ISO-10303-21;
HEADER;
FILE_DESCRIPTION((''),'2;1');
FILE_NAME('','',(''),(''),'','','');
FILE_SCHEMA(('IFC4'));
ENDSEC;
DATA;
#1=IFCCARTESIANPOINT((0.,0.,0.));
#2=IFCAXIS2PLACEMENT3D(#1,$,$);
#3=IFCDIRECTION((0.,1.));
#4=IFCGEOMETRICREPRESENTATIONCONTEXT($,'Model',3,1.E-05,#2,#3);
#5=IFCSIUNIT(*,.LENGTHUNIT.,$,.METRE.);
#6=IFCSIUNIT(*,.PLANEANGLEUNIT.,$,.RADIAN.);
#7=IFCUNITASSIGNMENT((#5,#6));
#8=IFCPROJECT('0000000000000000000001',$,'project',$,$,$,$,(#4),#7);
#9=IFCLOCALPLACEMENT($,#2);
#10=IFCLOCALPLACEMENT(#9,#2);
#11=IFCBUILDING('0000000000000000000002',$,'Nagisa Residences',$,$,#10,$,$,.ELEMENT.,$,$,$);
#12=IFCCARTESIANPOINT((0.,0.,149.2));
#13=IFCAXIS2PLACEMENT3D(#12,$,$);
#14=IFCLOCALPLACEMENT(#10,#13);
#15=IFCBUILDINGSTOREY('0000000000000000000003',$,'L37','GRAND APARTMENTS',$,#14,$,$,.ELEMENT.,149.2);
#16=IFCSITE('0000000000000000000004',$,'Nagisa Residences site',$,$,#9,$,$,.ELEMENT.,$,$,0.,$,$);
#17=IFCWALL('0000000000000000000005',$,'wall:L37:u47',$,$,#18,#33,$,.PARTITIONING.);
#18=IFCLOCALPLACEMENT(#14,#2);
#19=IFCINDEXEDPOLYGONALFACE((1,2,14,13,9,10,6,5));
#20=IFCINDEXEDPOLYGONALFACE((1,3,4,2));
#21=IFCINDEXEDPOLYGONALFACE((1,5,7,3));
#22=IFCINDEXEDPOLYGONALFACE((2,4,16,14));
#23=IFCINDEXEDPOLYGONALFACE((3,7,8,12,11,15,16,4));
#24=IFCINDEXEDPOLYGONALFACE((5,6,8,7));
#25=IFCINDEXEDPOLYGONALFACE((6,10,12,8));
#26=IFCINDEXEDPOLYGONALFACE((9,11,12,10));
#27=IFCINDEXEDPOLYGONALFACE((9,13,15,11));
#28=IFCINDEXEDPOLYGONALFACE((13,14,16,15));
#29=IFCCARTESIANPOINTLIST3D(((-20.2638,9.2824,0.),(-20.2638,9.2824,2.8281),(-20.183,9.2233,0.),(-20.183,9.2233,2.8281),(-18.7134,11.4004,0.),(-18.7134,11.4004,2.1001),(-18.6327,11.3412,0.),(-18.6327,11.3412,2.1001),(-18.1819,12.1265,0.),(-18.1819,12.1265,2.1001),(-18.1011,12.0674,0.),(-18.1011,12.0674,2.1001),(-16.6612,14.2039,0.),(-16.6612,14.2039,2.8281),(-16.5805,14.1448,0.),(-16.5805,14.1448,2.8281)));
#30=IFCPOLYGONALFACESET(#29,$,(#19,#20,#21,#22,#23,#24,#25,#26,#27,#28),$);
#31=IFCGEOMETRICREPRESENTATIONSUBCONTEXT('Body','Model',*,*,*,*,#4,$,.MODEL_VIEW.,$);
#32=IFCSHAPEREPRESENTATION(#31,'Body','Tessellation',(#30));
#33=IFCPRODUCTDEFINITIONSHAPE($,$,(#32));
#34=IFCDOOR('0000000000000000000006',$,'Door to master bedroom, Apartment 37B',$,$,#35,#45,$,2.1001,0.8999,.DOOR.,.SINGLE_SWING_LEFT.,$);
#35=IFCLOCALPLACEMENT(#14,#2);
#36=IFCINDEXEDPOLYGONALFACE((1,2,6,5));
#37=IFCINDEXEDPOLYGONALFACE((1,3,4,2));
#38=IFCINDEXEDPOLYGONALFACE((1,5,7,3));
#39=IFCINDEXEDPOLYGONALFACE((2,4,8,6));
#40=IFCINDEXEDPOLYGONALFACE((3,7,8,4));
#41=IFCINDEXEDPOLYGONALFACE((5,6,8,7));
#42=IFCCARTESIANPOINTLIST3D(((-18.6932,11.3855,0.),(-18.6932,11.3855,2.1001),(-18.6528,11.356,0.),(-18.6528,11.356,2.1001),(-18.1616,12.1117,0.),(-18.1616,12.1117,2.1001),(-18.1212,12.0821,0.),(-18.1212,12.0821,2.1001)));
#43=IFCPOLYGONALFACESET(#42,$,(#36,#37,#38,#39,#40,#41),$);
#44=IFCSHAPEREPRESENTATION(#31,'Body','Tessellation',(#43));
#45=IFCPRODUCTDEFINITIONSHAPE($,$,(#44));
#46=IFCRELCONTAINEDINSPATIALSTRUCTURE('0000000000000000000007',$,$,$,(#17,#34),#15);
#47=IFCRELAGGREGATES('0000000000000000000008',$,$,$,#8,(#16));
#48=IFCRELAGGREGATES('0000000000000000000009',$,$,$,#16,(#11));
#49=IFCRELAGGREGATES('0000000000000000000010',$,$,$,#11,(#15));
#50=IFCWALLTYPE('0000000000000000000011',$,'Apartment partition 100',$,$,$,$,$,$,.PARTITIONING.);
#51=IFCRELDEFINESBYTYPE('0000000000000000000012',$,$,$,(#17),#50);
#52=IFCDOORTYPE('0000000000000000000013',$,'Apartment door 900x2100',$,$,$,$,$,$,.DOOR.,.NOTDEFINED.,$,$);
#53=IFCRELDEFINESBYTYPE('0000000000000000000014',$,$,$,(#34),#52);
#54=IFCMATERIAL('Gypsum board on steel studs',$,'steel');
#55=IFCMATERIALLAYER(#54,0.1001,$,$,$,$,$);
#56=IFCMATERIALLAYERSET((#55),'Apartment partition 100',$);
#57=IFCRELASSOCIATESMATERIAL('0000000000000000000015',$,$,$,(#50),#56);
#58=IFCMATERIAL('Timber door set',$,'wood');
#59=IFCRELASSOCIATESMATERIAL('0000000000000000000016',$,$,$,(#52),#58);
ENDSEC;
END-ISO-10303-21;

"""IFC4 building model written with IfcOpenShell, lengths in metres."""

from ifc_helpers import new_model, si_unit, direction, frame, frame_2d, origin, place, context, subcontext, project, spatial, rectangle, extrude, material, layer, layer_set, type_object, element, fill, save


model = new_model("IFC4")

# Units and contexts
model_context = context("Model", 3, precision=1e-05, world=origin(), true_north=direction((0.0, 1.0)))
body_context = subcontext(model_context, "Body", "Model", "MODEL_VIEW")
ifc_project = project(units=[si_unit("LENGTHUNIT", "METRE"), si_unit("PLANEANGLEUNIT", "RADIAN")], contexts=[model_context])

# Site, building, storey
site_placement = place(None, origin())
site = spatial("IfcSite", under=ifc_project, at=site_placement, Name="Nagisa Residences site", CompositionType="ELEMENT", RefElevation=0.0)
building_placement = place(site_placement, origin())
building = spatial("IfcBuilding", under=site, at=building_placement, Name="Nagisa Residences", CompositionType="ELEMENT")
storey_placement = place(building_placement, frame((0.0, 0.0, 149.2)))
storey = spatial("IfcBuildingStorey", under=building, at=storey_placement, Name="L37", Description="GRAND APARTMENTS", CompositionType="ELEMENT", Elevation=149.2)

# Shared definitions
ifc_material_1 = material(Name="Gypsum board on steel studs", Category="steel")
ifc_layer_1 = layer(ifc_material_1, 0.1001)
ifc_layer_set_1 = layer_set([ifc_layer_1], Name="Apartment partition 100")
wall_type_1 = type_object("IfcWallType", Name="Apartment partition 100", PredefinedType="PARTITIONING", material=ifc_layer_set_1)
ifc_material_2 = material(Name="Timber door set", Category="wood")
door_type_1 = type_object("IfcDoorType", Name="Apartment door 900x2100", OperationType="NOTDEFINED", PredefinedType="DOOR", material=ifc_material_2)

# Wall, opening, door
wall_1_placement = place(storey_placement, frame((-16.6208, 14.1743, 0.0), z_axis=(0.0, 0.0, 1.0), x_axis=(-0.590673, -0.806911, 0.0)))
wall_1 = element("IfcWall", 1, at=wall_1_placement, inside=storey, type_object=wall_type_1, Name="wall:L37:u47", PredefinedType="PARTITIONING", context=body_context, shape_type="SweptSolid", body=[
    extrude(rectangle(XDim=6.0991, YDim=0.1001, at=frame_2d((3.0496, 0.0))), origin(), (0.0, 0.0, 1.0), 2.8281),
])
opening_1_placement = place(wall_1_placement, frame((2.5745, 0.0, 0.0)))
opening_1 = element("IfcOpeningElement", 2, at=opening_1_placement, cuts=wall_1, PredefinedType="OPENING", context=body_context, shape_type="SweptSolid", body=[
    extrude(rectangle(XDim=0.8999, YDim=2.1001, at=frame_2d((0.45, 1.05))), frame((0.0, 0.0601, 0.0), z_axis=(0.0, -1.0, 0.0), x_axis=(1.0, 0.0, 0.0)), (0.0, 0.0, 1.0), 0.1201),
])
door_1_placement = place(opening_1_placement, frame((0.8999, 0.0, 0.0), x_axis=(-1.0, 0.0, 0.0)))
door_1 = element("IfcDoor", 3, at=door_1_placement, inside=storey, type_object=door_type_1, Name="Door to master bedroom, Apartment 37B", OperationType="SINGLE_SWING_LEFT", OverallHeight=2.1001, OverallWidth=0.8999, PredefinedType="DOOR", context=body_context, shape_type="SweptSolid", body=[
    extrude(rectangle(XDim=0.8999, YDim=2.1001, at=frame_2d((0.45, 1.05))), frame((0.0, 0.0249, 0.0), z_axis=(0.0, -1.0, 0.0), x_axis=(1.0, 0.0, 0.0)), (0.0, 0.0, 1.0), 0.05),
])
fill(opening_1, door_1)

save(model, "model.ifc")
